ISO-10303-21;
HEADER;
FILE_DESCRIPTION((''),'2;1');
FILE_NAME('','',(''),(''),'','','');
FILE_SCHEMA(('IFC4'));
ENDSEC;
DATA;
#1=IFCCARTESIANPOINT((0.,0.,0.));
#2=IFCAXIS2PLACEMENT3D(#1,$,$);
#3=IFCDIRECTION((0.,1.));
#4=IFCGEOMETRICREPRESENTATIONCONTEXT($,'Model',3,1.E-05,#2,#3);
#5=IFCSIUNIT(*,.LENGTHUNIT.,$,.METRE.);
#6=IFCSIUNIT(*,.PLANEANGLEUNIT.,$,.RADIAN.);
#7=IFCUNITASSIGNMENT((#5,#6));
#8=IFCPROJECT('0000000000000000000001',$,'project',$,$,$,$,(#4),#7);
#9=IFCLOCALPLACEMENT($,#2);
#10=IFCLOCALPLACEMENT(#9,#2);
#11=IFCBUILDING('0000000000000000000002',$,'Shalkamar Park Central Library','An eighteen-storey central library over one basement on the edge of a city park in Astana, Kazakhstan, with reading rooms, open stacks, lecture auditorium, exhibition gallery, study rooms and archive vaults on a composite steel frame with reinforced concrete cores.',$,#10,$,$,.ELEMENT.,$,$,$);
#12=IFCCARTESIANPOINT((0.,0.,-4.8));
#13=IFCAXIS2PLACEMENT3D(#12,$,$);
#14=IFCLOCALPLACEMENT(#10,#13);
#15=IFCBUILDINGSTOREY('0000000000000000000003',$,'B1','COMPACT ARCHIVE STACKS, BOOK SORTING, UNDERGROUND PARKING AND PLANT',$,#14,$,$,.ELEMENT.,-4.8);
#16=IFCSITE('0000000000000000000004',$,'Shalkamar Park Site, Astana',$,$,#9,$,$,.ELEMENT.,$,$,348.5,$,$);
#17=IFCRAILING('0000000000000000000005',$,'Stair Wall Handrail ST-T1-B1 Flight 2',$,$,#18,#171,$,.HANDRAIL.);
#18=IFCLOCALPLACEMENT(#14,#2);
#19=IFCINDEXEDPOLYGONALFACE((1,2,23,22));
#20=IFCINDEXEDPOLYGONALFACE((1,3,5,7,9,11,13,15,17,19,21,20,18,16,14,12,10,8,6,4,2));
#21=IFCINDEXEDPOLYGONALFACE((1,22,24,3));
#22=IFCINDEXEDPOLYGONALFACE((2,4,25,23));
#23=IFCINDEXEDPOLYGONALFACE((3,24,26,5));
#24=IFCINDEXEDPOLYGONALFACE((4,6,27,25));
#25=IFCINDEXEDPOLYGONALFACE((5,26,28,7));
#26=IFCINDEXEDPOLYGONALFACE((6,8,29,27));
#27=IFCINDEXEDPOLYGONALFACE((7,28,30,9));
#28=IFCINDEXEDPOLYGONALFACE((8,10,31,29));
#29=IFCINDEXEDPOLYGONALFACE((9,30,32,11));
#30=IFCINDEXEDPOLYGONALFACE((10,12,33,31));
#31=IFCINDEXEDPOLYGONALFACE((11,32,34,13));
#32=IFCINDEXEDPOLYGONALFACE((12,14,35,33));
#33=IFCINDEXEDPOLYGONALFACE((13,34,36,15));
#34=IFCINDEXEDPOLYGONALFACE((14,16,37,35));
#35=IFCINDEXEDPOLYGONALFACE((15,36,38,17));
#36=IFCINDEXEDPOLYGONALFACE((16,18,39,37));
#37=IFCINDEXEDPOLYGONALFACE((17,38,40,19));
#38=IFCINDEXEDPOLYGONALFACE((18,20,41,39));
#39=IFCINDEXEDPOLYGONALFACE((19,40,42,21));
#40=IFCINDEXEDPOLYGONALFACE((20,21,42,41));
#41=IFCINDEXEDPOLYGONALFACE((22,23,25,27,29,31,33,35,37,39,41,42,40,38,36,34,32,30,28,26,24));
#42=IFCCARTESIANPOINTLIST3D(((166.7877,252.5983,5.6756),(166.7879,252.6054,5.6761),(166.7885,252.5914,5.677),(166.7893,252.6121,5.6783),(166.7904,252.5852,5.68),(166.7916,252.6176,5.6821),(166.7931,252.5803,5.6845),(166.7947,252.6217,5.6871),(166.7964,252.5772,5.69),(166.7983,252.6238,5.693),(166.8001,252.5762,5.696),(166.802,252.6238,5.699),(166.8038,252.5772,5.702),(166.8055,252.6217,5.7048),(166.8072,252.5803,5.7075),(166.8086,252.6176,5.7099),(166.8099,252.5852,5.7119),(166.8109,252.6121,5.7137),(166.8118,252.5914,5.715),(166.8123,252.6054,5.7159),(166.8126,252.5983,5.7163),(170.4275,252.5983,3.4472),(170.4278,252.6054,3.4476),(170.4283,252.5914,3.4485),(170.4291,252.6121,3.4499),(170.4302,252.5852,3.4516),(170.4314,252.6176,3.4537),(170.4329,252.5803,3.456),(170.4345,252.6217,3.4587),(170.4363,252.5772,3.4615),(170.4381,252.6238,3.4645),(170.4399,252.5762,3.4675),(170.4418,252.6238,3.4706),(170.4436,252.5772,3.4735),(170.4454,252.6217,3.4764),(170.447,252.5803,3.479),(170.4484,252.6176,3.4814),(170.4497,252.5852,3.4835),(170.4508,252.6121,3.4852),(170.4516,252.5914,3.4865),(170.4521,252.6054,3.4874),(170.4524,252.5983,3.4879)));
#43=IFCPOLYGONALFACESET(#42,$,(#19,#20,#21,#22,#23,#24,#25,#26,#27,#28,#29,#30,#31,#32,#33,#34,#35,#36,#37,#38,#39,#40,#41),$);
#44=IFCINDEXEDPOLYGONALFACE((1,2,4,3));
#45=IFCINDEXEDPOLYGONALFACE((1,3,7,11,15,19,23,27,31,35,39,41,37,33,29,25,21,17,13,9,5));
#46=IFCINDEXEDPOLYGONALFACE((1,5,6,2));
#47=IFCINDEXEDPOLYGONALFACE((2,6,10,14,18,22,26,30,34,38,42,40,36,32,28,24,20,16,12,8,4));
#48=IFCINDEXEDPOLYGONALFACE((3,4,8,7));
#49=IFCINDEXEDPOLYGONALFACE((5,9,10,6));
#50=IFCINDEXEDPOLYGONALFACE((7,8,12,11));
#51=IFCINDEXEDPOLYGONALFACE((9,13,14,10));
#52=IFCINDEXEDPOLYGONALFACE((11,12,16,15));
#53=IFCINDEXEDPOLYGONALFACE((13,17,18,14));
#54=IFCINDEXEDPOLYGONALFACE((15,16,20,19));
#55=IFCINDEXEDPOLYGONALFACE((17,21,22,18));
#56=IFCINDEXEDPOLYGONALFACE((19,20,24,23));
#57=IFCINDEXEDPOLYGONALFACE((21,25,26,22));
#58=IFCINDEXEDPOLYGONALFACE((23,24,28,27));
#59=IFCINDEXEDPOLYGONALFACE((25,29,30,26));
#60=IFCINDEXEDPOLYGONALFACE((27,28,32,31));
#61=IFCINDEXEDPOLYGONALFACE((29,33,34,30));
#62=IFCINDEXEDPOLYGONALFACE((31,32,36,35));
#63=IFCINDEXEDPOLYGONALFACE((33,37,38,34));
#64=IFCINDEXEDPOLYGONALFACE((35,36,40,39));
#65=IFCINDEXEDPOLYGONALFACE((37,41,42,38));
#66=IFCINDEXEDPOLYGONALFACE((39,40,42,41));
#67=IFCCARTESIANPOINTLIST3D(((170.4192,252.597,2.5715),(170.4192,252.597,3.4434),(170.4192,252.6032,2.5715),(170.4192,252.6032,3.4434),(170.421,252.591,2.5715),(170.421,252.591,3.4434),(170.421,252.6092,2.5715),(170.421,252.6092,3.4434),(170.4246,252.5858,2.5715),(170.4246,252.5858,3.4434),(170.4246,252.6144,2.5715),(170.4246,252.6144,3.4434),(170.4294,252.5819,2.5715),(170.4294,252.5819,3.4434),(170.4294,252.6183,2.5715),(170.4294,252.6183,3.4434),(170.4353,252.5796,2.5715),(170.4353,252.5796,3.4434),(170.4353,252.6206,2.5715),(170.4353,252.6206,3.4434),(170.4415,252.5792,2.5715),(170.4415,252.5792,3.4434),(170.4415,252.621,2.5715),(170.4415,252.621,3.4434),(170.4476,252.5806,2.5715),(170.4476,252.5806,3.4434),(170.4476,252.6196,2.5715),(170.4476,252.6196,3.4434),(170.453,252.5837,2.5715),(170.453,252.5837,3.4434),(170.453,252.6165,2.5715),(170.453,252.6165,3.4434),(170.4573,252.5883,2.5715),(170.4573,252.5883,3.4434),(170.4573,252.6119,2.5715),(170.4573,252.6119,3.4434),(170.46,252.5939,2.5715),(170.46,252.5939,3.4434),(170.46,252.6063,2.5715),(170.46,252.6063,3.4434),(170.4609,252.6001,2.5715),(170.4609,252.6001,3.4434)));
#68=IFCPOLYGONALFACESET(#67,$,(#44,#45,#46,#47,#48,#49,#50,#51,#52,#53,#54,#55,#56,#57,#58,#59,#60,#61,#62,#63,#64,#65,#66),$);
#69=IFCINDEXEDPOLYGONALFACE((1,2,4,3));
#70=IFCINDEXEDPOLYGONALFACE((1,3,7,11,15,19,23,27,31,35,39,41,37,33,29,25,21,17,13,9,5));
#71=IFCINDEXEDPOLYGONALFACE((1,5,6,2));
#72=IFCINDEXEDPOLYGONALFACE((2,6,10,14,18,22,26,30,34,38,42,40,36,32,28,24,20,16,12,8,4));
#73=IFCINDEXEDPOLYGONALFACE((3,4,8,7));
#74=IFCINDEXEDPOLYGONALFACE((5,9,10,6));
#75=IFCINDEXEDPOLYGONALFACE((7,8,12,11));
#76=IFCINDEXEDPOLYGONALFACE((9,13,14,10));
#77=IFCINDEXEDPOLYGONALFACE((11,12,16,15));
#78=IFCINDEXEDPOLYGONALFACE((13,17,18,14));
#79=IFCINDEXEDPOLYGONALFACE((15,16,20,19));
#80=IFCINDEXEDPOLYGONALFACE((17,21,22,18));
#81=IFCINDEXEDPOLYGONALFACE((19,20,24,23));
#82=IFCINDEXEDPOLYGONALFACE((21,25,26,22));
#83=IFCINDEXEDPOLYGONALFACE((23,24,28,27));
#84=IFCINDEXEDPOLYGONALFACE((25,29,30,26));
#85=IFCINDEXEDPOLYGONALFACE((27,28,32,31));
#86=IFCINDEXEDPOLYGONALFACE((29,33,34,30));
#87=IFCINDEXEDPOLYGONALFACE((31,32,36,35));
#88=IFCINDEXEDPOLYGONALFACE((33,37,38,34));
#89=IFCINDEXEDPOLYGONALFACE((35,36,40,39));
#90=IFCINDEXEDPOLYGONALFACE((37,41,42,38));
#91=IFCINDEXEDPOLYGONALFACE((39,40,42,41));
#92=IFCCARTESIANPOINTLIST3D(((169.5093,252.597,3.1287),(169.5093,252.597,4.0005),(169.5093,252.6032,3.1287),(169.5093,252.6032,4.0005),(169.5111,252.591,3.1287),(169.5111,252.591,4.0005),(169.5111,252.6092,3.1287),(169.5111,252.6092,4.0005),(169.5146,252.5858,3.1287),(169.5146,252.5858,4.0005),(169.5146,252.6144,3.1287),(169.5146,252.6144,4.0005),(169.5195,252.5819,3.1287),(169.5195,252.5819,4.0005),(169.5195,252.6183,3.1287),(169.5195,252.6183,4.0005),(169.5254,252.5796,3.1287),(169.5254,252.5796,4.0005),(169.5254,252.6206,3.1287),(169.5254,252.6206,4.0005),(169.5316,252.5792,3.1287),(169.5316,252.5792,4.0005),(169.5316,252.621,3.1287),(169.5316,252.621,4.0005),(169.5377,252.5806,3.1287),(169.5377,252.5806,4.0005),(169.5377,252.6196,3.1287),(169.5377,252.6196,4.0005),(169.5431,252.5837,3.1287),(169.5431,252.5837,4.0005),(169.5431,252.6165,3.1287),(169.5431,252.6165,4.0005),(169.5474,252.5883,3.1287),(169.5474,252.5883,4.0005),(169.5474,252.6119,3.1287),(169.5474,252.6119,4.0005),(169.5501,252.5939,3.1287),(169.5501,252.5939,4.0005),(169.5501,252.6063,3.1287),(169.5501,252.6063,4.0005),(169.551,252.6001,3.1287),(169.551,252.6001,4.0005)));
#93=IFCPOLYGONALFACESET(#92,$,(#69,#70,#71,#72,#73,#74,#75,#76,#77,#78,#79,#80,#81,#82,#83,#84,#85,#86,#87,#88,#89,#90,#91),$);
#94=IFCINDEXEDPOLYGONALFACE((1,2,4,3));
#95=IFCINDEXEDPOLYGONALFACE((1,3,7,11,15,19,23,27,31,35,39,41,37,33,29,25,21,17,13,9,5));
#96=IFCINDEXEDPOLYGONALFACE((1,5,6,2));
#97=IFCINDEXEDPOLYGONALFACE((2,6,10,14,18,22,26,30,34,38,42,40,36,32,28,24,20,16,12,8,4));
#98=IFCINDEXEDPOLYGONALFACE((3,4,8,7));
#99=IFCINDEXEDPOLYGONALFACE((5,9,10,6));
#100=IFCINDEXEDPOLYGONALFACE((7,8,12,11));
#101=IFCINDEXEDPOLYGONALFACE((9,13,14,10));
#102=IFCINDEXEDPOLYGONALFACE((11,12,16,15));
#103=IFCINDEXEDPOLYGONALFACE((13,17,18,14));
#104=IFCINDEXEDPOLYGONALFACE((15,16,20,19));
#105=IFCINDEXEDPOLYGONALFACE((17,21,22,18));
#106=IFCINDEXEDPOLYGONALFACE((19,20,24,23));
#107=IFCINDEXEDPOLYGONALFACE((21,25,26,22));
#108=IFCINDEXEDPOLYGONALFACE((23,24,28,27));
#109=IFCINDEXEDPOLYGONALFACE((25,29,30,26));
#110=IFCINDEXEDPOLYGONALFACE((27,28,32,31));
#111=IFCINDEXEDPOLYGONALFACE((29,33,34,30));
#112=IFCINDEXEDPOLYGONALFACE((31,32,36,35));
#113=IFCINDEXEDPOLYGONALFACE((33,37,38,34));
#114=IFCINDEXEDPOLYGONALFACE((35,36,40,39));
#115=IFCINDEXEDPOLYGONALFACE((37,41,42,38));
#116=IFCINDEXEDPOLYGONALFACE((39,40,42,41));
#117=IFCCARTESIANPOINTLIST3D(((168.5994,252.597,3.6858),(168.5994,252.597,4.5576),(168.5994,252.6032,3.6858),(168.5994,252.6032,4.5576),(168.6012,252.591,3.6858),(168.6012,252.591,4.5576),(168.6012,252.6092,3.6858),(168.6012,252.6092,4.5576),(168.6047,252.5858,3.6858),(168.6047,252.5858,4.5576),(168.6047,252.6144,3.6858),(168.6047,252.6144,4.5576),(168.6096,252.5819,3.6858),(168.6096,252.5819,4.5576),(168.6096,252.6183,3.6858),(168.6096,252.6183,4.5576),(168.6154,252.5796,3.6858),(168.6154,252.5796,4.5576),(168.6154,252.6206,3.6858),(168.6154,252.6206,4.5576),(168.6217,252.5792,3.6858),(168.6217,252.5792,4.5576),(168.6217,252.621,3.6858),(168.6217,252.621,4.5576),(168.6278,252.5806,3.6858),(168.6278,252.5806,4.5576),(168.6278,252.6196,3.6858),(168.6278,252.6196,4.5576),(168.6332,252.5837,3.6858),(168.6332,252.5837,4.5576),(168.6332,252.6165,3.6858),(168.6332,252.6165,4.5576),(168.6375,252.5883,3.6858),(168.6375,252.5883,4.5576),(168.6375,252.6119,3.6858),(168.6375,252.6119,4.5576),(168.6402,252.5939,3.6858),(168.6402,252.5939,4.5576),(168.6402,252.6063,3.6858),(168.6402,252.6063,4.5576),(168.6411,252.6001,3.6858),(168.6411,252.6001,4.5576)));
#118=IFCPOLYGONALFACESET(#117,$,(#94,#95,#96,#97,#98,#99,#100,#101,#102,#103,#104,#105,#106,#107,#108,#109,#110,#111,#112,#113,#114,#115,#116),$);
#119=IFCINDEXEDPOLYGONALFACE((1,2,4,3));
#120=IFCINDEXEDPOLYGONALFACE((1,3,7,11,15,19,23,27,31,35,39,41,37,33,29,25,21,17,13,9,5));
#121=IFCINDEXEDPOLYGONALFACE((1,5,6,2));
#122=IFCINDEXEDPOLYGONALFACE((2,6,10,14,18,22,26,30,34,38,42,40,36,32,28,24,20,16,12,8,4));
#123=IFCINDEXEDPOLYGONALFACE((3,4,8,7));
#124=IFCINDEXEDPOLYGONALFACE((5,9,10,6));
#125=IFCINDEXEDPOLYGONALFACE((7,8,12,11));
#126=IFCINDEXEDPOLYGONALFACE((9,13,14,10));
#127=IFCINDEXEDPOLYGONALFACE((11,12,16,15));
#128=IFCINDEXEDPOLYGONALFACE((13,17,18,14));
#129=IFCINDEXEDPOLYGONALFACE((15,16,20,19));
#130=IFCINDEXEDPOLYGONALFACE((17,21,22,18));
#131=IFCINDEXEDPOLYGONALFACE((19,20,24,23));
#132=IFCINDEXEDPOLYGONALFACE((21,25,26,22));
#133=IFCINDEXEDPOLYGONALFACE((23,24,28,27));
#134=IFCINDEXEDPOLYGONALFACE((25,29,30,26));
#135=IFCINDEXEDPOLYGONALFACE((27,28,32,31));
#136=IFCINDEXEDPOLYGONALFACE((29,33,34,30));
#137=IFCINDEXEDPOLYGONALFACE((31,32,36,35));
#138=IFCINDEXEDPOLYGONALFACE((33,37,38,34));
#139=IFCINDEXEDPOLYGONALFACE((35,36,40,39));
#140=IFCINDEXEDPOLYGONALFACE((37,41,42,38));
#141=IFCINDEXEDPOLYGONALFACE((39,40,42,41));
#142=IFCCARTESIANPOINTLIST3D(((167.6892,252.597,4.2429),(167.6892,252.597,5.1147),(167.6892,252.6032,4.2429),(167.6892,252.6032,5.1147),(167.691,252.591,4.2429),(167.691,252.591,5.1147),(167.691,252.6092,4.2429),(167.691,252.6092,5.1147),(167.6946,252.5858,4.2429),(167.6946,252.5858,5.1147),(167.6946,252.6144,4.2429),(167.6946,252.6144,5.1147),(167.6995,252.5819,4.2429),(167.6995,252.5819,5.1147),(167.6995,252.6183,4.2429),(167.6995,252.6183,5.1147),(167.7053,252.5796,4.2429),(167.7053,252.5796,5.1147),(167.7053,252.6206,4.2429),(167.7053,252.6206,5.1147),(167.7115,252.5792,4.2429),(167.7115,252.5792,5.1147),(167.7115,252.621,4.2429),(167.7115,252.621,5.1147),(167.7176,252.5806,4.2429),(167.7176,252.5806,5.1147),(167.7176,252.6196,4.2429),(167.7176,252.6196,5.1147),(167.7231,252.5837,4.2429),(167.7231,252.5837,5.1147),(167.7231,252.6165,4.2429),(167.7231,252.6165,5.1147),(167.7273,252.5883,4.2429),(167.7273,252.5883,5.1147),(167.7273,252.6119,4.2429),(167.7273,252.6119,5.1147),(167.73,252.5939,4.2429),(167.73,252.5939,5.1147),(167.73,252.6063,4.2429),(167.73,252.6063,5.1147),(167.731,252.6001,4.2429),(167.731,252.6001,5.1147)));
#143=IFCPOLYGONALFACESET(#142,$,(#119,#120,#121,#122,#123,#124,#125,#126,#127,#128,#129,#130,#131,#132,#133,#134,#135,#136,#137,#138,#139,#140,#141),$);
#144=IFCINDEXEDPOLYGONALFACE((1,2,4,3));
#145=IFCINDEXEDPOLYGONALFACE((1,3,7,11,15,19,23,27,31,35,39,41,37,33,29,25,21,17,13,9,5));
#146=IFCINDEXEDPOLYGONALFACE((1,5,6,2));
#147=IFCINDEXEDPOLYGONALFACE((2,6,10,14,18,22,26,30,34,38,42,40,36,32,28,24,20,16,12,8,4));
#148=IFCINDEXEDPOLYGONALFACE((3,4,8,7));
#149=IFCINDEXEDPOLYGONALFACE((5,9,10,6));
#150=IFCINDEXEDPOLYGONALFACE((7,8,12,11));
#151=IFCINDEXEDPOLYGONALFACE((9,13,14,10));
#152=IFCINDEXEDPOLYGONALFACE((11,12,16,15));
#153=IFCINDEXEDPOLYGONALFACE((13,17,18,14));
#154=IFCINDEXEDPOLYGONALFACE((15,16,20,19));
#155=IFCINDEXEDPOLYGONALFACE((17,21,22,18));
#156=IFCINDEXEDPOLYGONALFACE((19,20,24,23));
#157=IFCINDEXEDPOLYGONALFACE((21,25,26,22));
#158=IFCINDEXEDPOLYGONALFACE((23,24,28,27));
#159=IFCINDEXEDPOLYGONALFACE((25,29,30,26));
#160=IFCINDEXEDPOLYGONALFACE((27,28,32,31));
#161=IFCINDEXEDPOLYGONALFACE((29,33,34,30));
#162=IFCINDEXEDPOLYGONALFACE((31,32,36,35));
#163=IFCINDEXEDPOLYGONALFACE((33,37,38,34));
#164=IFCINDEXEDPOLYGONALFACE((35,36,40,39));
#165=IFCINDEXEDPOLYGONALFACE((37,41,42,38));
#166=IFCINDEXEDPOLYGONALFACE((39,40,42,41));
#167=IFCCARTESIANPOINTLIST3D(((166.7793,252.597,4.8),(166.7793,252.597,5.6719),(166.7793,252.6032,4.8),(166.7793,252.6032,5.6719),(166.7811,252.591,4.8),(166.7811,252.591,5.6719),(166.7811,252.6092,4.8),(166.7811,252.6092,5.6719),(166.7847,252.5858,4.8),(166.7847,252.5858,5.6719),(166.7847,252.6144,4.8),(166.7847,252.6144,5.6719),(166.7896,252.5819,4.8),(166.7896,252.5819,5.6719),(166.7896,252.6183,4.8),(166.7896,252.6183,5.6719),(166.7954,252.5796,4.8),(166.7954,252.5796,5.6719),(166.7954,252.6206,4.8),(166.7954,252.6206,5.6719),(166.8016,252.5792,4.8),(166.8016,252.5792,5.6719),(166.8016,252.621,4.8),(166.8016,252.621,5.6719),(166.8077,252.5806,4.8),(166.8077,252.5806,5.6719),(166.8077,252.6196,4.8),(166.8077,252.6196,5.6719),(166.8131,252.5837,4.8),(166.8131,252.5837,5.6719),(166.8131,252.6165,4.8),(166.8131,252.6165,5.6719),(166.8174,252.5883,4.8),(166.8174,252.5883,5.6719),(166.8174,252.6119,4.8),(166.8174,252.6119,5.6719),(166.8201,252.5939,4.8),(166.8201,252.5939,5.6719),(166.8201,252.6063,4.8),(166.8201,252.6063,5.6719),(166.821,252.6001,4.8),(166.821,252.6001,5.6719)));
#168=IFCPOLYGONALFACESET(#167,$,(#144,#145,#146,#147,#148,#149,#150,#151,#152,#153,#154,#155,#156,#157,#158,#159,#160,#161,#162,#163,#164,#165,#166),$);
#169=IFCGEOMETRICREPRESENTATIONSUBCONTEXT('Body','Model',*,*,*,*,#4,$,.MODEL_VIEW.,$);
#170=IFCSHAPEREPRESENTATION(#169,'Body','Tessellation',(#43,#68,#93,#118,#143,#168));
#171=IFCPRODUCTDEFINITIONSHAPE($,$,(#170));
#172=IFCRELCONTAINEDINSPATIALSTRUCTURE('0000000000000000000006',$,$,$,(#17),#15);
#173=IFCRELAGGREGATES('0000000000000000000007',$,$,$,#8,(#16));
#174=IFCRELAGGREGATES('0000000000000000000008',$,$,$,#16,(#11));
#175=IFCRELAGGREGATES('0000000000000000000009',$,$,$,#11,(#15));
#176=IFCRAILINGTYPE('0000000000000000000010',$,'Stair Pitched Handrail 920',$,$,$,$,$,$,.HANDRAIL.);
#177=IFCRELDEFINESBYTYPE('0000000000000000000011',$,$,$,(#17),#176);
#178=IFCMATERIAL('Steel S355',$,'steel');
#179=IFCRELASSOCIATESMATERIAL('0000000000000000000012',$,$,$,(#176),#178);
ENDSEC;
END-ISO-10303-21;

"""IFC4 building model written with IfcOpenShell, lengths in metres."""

from ifc_helpers import new_model, si_unit, direction, frame, origin, origin_2d, place, context, subcontext, project, spatial, circle, extrude, material, type_object, element, save


model = new_model("IFC4")

# Units and contexts
model_context = context("Model", 3, precision=1e-05, world=origin(), true_north=direction((0.0, 1.0)))
body_context = subcontext(model_context, "Body", "Model", "MODEL_VIEW")
ifc_project = project(units=[si_unit("LENGTHUNIT", "METRE"), si_unit("PLANEANGLEUNIT", "RADIAN")], contexts=[model_context])

# Site, building, storey
site_placement = place(None, origin())
site = spatial("IfcSite", under=ifc_project, at=site_placement, Name="Shalkamar Park Site, Astana", CompositionType="ELEMENT", RefElevation=348.5)
building_placement = place(site_placement, origin())
building = spatial("IfcBuilding", under=site, at=building_placement, Name="Shalkamar Park Central Library", Description="An eighteen-storey central library over one basement on the edge of a city park in Astana, Kazakhstan, with reading rooms, open stacks, lecture auditorium, exhibition gallery, study rooms and archive vaults on a composite steel frame with reinforced concrete cores.", CompositionType="ELEMENT")
storey_placement = place(building_placement, frame((0.0, 0.0, -4.8)))
storey = spatial("IfcBuildingStorey", under=building, at=storey_placement, Name="B1", Description="COMPACT ARCHIVE STACKS, BOOK SORTING, UNDERGROUND PARKING AND PLANT", CompositionType="ELEMENT", Elevation=-4.8)

# Shared definitions
ifc_material_1 = material(Name="Steel S355", Category="steel")

# Railing
railing_type_1 = type_object("IfcRailingType", Name="Stair Pitched Handrail 920", PredefinedType="HANDRAIL", material=ifc_material_1)
railing_1_placement = place(storey_placement, frame((170.4399, 252.6001, 2.5715)))
element("IfcRailing", 1, at=railing_1_placement, inside=storey, type_object=railing_type_1, Name="Stair Wall Handrail ST-T1-B1 Flight 2", PredefinedType="HANDRAIL", context=body_context, shape_type="SweptSolid", body=[
    extrude(circle(Radius=0.0239, at=origin_2d()), frame((0.0, 0.0, 0.896), z_axis=(-0.85285, 0.0, 0.522156), x_axis=(0.0, -1.0, 0.0)), (0.0, 0.0, 1.0), 4.2678),
    extrude(circle(Radius=0.021, at=origin_2d()), origin(), (0.0, 0.0, 1.0), 0.8718),
    extrude(circle(Radius=0.021, at=origin_2d()), frame((-0.9099, 0.0, 0.5571)), (0.0, 0.0, 1.0), 0.8718),
    extrude(circle(Radius=0.021, at=origin_2d()), frame((-1.8198, 0.0, 1.1143)), (0.0, 0.0, 1.0), 0.8718),
    extrude(circle(Radius=0.021, at=origin_2d()), frame((-2.73, 0.0, 1.6714)), (0.0, 0.0, 1.0), 0.8718),
    extrude(circle(Radius=0.021, at=origin_2d()), frame((-3.6399, 0.0, 2.2285)), (0.0, 0.0, 1.0), 0.8718),
])

save(model, "model.ifc")
